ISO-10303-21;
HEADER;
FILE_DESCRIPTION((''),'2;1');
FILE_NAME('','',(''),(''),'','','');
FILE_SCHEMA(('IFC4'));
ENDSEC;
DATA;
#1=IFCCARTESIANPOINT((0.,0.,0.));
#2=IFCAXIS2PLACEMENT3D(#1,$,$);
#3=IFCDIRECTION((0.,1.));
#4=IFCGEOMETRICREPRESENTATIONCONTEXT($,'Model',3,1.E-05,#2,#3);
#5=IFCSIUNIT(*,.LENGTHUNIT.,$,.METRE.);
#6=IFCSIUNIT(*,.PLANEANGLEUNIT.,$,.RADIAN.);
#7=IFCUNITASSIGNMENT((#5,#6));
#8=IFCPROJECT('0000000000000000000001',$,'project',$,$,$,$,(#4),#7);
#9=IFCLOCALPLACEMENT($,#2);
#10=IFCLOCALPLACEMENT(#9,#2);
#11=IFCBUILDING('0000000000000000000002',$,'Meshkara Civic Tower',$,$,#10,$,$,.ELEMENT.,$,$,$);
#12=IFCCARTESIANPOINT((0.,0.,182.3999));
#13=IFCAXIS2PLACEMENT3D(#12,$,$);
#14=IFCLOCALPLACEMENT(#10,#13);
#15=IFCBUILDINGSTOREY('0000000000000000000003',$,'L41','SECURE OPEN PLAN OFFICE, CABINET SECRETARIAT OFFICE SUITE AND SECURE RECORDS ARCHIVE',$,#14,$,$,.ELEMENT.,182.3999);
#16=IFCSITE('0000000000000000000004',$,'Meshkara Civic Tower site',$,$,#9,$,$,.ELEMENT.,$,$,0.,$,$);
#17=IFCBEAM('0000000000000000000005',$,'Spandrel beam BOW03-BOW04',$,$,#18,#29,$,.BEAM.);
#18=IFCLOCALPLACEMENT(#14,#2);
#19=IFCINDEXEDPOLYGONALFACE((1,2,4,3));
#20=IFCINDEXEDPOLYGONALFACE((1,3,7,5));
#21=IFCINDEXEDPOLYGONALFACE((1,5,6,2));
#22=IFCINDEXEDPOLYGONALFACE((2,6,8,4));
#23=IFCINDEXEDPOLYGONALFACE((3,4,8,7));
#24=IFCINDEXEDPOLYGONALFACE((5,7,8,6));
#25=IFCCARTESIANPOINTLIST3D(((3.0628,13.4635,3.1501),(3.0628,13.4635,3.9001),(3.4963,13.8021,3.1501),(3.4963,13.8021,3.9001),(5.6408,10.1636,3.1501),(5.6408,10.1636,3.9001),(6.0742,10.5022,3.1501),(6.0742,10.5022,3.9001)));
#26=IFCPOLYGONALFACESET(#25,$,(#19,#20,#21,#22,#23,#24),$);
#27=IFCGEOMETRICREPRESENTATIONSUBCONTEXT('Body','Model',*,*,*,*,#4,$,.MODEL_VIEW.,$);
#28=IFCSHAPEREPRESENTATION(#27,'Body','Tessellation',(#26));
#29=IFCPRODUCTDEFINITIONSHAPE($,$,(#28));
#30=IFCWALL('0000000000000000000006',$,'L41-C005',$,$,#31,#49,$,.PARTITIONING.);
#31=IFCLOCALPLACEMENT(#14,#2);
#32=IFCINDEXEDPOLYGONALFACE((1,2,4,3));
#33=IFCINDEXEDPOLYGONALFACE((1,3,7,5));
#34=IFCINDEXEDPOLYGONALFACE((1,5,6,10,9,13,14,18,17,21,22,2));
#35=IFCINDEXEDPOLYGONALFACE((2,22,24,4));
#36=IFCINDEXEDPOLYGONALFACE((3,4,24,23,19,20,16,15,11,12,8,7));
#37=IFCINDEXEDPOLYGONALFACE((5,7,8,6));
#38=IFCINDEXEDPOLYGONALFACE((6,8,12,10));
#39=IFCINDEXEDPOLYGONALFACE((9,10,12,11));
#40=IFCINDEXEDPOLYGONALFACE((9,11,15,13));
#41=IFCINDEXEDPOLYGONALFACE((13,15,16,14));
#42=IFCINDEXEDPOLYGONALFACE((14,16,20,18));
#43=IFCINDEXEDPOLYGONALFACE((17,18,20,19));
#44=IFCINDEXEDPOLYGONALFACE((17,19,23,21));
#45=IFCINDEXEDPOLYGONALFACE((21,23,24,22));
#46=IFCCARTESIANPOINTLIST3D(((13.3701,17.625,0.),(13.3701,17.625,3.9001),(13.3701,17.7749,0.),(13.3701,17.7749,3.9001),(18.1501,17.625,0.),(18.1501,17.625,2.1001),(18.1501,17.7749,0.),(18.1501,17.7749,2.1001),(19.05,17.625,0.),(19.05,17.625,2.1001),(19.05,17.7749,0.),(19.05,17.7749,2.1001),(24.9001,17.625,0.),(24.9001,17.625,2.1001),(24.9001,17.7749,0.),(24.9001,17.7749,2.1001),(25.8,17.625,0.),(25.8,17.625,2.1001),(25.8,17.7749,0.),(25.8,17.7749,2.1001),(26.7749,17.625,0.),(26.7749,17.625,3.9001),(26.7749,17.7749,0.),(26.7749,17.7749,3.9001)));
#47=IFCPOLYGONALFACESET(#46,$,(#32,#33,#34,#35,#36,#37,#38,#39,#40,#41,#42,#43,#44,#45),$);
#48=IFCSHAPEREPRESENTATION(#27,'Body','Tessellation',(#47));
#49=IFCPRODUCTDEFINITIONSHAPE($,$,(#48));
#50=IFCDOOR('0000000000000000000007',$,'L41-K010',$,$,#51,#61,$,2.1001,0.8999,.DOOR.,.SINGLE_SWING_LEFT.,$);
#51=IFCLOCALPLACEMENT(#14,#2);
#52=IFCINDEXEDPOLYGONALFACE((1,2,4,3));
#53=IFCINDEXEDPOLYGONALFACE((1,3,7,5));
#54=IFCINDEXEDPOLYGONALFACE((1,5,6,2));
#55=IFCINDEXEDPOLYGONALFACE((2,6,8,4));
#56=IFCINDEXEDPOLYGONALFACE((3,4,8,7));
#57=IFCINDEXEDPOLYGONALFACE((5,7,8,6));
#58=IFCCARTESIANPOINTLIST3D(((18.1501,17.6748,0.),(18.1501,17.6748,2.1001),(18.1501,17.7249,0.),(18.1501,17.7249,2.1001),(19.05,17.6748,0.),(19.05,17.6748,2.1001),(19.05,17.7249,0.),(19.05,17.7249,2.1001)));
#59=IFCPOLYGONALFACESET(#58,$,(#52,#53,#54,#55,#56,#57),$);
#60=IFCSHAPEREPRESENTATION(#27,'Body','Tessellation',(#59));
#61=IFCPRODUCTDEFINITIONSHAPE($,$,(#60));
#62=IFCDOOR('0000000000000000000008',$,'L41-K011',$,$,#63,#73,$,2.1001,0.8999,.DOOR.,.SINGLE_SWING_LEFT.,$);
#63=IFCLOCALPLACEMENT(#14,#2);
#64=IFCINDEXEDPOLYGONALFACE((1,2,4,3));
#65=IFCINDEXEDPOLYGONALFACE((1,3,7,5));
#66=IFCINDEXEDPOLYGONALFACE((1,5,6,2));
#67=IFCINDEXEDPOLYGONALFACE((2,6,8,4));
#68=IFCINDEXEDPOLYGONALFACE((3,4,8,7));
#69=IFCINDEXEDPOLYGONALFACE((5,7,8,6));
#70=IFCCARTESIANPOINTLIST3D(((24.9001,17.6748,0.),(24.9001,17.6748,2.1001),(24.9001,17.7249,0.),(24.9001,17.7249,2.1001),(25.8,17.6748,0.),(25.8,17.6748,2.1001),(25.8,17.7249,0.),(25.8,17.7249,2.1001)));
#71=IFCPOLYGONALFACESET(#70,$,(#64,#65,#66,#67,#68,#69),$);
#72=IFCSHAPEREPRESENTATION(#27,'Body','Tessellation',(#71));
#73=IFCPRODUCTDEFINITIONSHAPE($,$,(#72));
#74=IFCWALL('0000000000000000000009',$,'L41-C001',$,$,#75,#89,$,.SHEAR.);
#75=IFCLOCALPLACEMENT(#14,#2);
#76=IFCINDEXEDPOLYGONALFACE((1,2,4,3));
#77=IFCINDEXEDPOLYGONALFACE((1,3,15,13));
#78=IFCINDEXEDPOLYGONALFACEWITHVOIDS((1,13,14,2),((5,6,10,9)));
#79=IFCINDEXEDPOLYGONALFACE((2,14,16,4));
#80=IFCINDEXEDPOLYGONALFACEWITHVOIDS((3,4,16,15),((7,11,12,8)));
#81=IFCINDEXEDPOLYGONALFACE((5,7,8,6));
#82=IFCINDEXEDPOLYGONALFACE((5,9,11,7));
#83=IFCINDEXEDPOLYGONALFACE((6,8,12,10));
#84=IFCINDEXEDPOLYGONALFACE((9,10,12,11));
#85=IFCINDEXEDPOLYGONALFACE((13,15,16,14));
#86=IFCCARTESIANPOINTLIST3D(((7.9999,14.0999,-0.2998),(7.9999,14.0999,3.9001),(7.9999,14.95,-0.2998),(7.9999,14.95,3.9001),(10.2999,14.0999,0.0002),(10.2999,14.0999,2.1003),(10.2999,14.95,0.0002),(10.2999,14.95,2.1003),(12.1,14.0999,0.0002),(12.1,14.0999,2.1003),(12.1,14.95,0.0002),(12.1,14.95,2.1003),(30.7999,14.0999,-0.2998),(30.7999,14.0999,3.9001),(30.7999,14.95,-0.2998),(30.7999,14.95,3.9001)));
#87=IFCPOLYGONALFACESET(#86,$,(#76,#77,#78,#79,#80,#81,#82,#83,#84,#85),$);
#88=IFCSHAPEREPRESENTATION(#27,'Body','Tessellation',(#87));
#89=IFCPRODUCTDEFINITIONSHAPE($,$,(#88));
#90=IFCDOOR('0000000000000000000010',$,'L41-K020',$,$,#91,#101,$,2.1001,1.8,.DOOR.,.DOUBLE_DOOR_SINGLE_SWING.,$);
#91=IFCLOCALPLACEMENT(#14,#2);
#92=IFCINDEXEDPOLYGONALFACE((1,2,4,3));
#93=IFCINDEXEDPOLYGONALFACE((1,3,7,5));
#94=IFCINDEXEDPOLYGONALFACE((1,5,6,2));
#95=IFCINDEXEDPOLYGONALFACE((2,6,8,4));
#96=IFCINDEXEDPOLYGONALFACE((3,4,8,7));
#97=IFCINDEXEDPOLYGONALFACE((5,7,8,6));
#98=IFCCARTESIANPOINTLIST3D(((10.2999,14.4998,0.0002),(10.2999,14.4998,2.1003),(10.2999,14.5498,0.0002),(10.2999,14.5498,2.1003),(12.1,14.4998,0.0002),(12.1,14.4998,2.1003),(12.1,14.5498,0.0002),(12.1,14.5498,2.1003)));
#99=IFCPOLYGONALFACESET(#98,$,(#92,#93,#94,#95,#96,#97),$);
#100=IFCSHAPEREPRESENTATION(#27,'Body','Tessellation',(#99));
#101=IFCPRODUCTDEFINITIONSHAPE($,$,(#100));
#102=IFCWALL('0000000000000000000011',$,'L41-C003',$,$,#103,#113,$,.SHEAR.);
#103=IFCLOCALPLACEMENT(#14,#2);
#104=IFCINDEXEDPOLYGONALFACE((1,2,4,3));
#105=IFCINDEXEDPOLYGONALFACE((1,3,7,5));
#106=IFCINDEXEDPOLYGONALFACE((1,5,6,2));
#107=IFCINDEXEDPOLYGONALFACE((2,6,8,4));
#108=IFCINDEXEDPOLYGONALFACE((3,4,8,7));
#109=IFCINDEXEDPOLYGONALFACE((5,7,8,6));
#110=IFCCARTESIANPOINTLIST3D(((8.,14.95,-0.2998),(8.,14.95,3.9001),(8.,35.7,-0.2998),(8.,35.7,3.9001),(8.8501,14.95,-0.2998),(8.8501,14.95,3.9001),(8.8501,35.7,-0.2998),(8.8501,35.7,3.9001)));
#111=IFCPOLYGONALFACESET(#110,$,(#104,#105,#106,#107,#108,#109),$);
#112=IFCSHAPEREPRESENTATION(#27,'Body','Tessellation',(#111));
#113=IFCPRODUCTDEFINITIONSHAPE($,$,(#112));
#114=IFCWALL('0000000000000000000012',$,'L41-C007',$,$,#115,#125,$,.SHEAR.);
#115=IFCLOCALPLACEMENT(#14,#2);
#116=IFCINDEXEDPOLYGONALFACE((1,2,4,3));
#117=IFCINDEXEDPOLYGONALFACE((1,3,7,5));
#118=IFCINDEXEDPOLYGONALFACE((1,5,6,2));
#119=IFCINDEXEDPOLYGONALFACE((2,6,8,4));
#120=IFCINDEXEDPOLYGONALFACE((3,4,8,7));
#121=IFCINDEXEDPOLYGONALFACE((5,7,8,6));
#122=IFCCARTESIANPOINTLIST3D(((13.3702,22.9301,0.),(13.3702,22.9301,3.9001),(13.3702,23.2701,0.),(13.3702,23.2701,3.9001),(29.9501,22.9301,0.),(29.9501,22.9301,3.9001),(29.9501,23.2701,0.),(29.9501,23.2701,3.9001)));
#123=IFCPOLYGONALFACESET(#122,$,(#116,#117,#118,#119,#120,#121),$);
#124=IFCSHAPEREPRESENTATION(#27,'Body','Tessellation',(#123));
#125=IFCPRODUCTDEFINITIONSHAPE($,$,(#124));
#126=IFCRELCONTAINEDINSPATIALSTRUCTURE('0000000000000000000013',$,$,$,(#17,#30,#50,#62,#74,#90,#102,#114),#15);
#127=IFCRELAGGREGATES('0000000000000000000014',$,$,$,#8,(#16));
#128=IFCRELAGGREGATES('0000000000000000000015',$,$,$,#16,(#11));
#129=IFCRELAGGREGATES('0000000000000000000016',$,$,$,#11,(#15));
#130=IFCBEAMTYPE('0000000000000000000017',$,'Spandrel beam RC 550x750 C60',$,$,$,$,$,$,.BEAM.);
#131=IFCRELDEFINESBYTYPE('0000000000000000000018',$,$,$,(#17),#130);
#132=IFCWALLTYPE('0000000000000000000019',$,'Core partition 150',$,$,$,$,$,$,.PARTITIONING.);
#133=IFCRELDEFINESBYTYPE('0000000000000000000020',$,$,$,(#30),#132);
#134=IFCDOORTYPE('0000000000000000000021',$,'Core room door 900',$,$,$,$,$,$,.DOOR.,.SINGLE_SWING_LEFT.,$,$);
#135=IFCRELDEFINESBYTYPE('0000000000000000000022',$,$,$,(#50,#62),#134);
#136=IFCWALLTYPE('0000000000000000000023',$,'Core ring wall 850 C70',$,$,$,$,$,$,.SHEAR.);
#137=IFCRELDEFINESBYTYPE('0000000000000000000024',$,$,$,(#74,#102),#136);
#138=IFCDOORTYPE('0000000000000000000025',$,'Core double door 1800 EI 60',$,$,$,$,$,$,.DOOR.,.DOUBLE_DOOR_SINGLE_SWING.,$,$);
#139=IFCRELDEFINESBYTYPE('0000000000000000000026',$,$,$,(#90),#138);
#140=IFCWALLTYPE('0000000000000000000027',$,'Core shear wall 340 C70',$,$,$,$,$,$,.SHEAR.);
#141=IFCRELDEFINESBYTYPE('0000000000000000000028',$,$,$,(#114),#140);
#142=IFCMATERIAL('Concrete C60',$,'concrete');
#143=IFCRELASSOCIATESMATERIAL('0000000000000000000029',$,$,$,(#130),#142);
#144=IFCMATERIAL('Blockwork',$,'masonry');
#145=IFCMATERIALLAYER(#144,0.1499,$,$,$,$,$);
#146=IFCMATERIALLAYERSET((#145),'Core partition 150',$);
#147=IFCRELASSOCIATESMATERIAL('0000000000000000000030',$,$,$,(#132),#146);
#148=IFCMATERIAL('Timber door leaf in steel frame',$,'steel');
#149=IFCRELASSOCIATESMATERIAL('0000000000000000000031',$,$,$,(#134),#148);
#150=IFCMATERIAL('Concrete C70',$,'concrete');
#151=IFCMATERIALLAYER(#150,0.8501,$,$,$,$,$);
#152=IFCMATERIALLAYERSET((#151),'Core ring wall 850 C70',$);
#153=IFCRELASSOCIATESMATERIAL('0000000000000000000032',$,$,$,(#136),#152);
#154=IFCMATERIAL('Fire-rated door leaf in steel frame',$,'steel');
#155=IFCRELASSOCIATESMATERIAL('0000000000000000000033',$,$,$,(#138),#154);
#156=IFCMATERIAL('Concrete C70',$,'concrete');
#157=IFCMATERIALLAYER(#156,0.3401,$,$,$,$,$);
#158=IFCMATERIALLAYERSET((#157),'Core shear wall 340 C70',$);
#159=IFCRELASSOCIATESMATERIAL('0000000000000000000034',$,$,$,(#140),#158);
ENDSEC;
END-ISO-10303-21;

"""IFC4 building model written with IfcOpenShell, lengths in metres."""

from ifc_helpers import new_model, si_unit, direction, frame, frame_2d, origin, origin_2d, place, context, subcontext, project, spatial, rectangle, extrude, material, layer, layer_set, material_profile, profile_set, type_object, element, fill, save


model = new_model("IFC4")

# Units and contexts
model_context = context("Model", 3, precision=1e-05, world=origin(), true_north=direction((0.0, 1.0)))
body_context = subcontext(model_context, "Body", "Model", "MODEL_VIEW")
ifc_project = project(units=[si_unit("LENGTHUNIT", "METRE"), si_unit("PLANEANGLEUNIT", "RADIAN")], contexts=[model_context])

# Site, building, storey
site_placement = place(None, origin())
site = spatial("IfcSite", under=ifc_project, at=site_placement, Name="Meshkara Civic Tower site", CompositionType="ELEMENT", RefElevation=0.0)
building_placement = place(site_placement, origin())
building = spatial("IfcBuilding", under=site, at=building_placement, Name="Meshkara Civic Tower", CompositionType="ELEMENT")
storey_placement = place(building_placement, frame((0.0, 0.0, 182.3999)))
storey = spatial("IfcBuildingStorey", under=building, at=storey_placement, Name="L41", Description="SECURE OPEN PLAN OFFICE, CABINET SECRETARIAT OFFICE SUITE AND SECURE RECORDS ARCHIVE", CompositionType="ELEMENT", Elevation=182.3999)

# Beam
ifc_material_1 = material(Name="Concrete C60", Category="concrete")
ifc_material_profile = material_profile(ifc_material_1, rectangle(XDim=0.55, YDim=0.75, at=origin_2d()))
ifc_profile_set = profile_set([ifc_material_profile], Name="Concrete C60")
beam_type = type_object("IfcBeamType", Name="Spandrel beam RC 550x750 C60", PredefinedType="BEAM", material=ifc_profile_set)
beam_placement = place(storey_placement, frame((3.2795, 13.6328, 3.5251), z_axis=(0.61563, -0.788035, 0.0), x_axis=(0.788035, 0.61563, 0.0)))
element("IfcBeam", 1, at=beam_placement, inside=storey, type_object=beam_type, Name="Spandrel beam BOW03-BOW04", PredefinedType="BEAM", context=body_context, shape_type="SweptSolid", body=[
    extrude(rectangle(XDim=0.55, YDim=0.75, at=origin_2d()), origin(), (0.0, 0.0, 1.0), 4.1875),
])

# Wall, openings, doors
ifc_material_2 = material(Name="Blockwork", Category="masonry")
ifc_layer_1 = layer(ifc_material_2, 0.1499)
ifc_layer_set_1 = layer_set([ifc_layer_1], Name="Core partition 150")
wall_type_1 = type_object("IfcWallType", Name="Core partition 150", PredefinedType="PARTITIONING", material=ifc_layer_set_1)
wall_1_placement = place(storey_placement, frame((13.3701, 17.7, 0.0), z_axis=(0.0, 0.0, 1.0), x_axis=(1.0, 0.0, 0.0)))
wall_1 = element("IfcWall", 2, at=wall_1_placement, inside=storey, type_object=wall_type_1, Name="L41-C005", PredefinedType="PARTITIONING", context=body_context, shape_type="SweptSolid", body=[
    extrude(rectangle(XDim=13.4048, YDim=0.1499, at=frame_2d((6.7024, 0.0))), origin(), (0.0, 0.0, 1.0), 3.9001),
])
opening_1_placement = place(wall_1_placement, frame((4.78, 0.0, 0.0)))
opening_1 = element("IfcOpeningElement", 3, at=opening_1_placement, cuts=wall_1, PredefinedType="OPENING", context=body_context, shape_type="SweptSolid", body=[
    extrude(rectangle(XDim=0.8999, YDim=2.1001, at=frame_2d((0.45, 1.05))), frame((0.0, 0.085, 0.0), z_axis=(0.0, -1.0, 0.0), x_axis=(1.0, 0.0, 0.0)), (0.0, 0.0, 1.0), 0.1699),
])
opening_2_placement = place(wall_1_placement, frame((11.53, 0.0, 0.0)))
opening_2 = element("IfcOpeningElement", 4, at=opening_2_placement, cuts=wall_1, PredefinedType="OPENING", context=body_context, shape_type="SweptSolid", body=[
    extrude(rectangle(XDim=0.8999, YDim=2.1001, at=frame_2d((0.45, 1.05))), frame((0.0, 0.085, 0.0), z_axis=(0.0, -1.0, 0.0), x_axis=(1.0, 0.0, 0.0)), (0.0, 0.0, 1.0), 0.1699),
])
ifc_material_3 = material(Name="Timber door leaf in steel frame", Category="steel")
door_type_1 = type_object("IfcDoorType", Name="Core room door 900", OperationType="SINGLE_SWING_LEFT", PredefinedType="DOOR", material=ifc_material_3)
door_1_placement = place(opening_1_placement, origin())
door_1 = element("IfcDoor", 5, at=door_1_placement, inside=storey, type_object=door_type_1, Name="L41-K010", OperationType="SINGLE_SWING_LEFT", OverallHeight=2.1001, OverallWidth=0.8999, PredefinedType="DOOR", context=body_context, shape_type="SweptSolid", body=[
    extrude(rectangle(XDim=0.8999, YDim=2.1001, at=frame_2d((0.45, 1.05))), frame((0.0, 0.0249, 0.0), z_axis=(0.0, -1.0, 0.0), x_axis=(1.0, 0.0, 0.0)), (0.0, 0.0, 1.0), 0.05),
])
fill(opening_1, door_1)
door_2_placement = place(opening_2_placement, origin())
door_2 = element("IfcDoor", 6, at=door_2_placement, inside=storey, type_object=door_type_1, Name="L41-K011", OperationType="SINGLE_SWING_LEFT", OverallHeight=2.1001, OverallWidth=0.8999, PredefinedType="DOOR", context=body_context, shape_type="SweptSolid", body=[
    extrude(rectangle(XDim=0.8999, YDim=2.1001, at=frame_2d((0.45, 1.05))), frame((0.0, 0.0249, 0.0), z_axis=(0.0, -1.0, 0.0), x_axis=(1.0, 0.0, 0.0)), (0.0, 0.0, 1.0), 0.05),
])
fill(opening_2, door_2)

# Wall, opening, door
ifc_material_4 = material(Name="Concrete C70", Category="concrete")
ifc_layer_2 = layer(ifc_material_4, 0.8501)
ifc_layer_set_2 = layer_set([ifc_layer_2], Name="Core ring wall 850 C70")
wall_type_2 = type_object("IfcWallType", Name="Core ring wall 850 C70", PredefinedType="SHEAR", material=ifc_layer_set_2)
wall_2_placement = place(storey_placement, frame((8.0, 14.5249, -0.2998), z_axis=(0.0, 0.0, 1.0), x_axis=(1.0, 0.0, 0.0)))
wall_2 = element("IfcWall", 7, at=wall_2_placement, inside=storey, type_object=wall_type_2, Name="L41-C001", PredefinedType="SHEAR", context=body_context, shape_type="SweptSolid", body=[
    extrude(rectangle(XDim=22.8, YDim=0.8501, at=frame_2d((11.3999, 0.0))), origin(), (0.0, 0.0, 1.0), 4.2),
])
opening_3_placement = place(wall_2_placement, frame((2.3, 0.0, 0.3)))
opening_3 = element("IfcOpeningElement", 8, at=opening_3_placement, cuts=wall_2, PredefinedType="OPENING", context=body_context, shape_type="SweptSolid", body=[
    extrude(rectangle(XDim=1.8, YDim=2.1001, at=frame_2d((0.8999, 1.05))), frame((0.0, 0.4351, 0.0), z_axis=(0.0, -1.0, 0.0), x_axis=(1.0, 0.0, 0.0)), (0.0, 0.0, 1.0), 0.8701),
])
ifc_material_5 = material(Name="Fire-rated door leaf in steel frame", Category="steel")
door_type_2 = type_object("IfcDoorType", Name="Core double door 1800 EI 60", OperationType="DOUBLE_DOOR_SINGLE_SWING", PredefinedType="DOOR", material=ifc_material_5)
door_3_placement = place(opening_3_placement, origin())
door_3 = element("IfcDoor", 9, at=door_3_placement, inside=storey, type_object=door_type_2, Name="L41-K020", OperationType="DOUBLE_DOOR_SINGLE_SWING", OverallHeight=2.1001, OverallWidth=1.8, PredefinedType="DOOR", context=body_context, shape_type="SweptSolid", body=[
    extrude(rectangle(XDim=1.8, YDim=2.1001, at=frame_2d((0.8999, 1.05))), frame((0.0, 0.0249, 0.0), z_axis=(0.0, -1.0, 0.0), x_axis=(1.0, 0.0, 0.0)), (0.0, 0.0, 1.0), 0.05),
])
fill(opening_3, door_3)

# Walls
wall_3_placement = place(storey_placement, frame((8.425, 14.95, -0.2998), z_axis=(0.0, 0.0, 1.0), x_axis=(0.0, 1.0, 0.0)))
element("IfcWall", 10, at=wall_3_placement, inside=storey, type_object=wall_type_2, Name="L41-C003", PredefinedType="SHEAR", context=body_context, shape_type="SweptSolid", body=[
    extrude(rectangle(XDim=20.75, YDim=0.8501, at=frame_2d((10.375, 0.0))), origin(), (0.0, 0.0, 1.0), 4.2),
])
ifc_material_6 = material(Name="Concrete C70", Category="concrete")
ifc_layer_3 = layer(ifc_material_6, 0.3401)
ifc_layer_set_3 = layer_set([ifc_layer_3], Name="Core shear wall 340 C70")
wall_type_3 = type_object("IfcWallType", Name="Core shear wall 340 C70", PredefinedType="SHEAR", material=ifc_layer_set_3)
wall_4_placement = place(storey_placement, frame((13.3701, 23.1001, 0.0), z_axis=(0.0, 0.0, 1.0), x_axis=(1.0, 0.0, 0.0)))
element("IfcWall", 11, at=wall_4_placement, inside=storey, type_object=wall_type_3, Name="L41-C007", PredefinedType="SHEAR", context=body_context, shape_type="SweptSolid", body=[
    extrude(rectangle(XDim=16.5798, YDim=0.3401, at=frame_2d((8.29, 0.0))), origin(), (0.0, 0.0, 1.0), 3.9001),
])

save(model, "model.ifc")
